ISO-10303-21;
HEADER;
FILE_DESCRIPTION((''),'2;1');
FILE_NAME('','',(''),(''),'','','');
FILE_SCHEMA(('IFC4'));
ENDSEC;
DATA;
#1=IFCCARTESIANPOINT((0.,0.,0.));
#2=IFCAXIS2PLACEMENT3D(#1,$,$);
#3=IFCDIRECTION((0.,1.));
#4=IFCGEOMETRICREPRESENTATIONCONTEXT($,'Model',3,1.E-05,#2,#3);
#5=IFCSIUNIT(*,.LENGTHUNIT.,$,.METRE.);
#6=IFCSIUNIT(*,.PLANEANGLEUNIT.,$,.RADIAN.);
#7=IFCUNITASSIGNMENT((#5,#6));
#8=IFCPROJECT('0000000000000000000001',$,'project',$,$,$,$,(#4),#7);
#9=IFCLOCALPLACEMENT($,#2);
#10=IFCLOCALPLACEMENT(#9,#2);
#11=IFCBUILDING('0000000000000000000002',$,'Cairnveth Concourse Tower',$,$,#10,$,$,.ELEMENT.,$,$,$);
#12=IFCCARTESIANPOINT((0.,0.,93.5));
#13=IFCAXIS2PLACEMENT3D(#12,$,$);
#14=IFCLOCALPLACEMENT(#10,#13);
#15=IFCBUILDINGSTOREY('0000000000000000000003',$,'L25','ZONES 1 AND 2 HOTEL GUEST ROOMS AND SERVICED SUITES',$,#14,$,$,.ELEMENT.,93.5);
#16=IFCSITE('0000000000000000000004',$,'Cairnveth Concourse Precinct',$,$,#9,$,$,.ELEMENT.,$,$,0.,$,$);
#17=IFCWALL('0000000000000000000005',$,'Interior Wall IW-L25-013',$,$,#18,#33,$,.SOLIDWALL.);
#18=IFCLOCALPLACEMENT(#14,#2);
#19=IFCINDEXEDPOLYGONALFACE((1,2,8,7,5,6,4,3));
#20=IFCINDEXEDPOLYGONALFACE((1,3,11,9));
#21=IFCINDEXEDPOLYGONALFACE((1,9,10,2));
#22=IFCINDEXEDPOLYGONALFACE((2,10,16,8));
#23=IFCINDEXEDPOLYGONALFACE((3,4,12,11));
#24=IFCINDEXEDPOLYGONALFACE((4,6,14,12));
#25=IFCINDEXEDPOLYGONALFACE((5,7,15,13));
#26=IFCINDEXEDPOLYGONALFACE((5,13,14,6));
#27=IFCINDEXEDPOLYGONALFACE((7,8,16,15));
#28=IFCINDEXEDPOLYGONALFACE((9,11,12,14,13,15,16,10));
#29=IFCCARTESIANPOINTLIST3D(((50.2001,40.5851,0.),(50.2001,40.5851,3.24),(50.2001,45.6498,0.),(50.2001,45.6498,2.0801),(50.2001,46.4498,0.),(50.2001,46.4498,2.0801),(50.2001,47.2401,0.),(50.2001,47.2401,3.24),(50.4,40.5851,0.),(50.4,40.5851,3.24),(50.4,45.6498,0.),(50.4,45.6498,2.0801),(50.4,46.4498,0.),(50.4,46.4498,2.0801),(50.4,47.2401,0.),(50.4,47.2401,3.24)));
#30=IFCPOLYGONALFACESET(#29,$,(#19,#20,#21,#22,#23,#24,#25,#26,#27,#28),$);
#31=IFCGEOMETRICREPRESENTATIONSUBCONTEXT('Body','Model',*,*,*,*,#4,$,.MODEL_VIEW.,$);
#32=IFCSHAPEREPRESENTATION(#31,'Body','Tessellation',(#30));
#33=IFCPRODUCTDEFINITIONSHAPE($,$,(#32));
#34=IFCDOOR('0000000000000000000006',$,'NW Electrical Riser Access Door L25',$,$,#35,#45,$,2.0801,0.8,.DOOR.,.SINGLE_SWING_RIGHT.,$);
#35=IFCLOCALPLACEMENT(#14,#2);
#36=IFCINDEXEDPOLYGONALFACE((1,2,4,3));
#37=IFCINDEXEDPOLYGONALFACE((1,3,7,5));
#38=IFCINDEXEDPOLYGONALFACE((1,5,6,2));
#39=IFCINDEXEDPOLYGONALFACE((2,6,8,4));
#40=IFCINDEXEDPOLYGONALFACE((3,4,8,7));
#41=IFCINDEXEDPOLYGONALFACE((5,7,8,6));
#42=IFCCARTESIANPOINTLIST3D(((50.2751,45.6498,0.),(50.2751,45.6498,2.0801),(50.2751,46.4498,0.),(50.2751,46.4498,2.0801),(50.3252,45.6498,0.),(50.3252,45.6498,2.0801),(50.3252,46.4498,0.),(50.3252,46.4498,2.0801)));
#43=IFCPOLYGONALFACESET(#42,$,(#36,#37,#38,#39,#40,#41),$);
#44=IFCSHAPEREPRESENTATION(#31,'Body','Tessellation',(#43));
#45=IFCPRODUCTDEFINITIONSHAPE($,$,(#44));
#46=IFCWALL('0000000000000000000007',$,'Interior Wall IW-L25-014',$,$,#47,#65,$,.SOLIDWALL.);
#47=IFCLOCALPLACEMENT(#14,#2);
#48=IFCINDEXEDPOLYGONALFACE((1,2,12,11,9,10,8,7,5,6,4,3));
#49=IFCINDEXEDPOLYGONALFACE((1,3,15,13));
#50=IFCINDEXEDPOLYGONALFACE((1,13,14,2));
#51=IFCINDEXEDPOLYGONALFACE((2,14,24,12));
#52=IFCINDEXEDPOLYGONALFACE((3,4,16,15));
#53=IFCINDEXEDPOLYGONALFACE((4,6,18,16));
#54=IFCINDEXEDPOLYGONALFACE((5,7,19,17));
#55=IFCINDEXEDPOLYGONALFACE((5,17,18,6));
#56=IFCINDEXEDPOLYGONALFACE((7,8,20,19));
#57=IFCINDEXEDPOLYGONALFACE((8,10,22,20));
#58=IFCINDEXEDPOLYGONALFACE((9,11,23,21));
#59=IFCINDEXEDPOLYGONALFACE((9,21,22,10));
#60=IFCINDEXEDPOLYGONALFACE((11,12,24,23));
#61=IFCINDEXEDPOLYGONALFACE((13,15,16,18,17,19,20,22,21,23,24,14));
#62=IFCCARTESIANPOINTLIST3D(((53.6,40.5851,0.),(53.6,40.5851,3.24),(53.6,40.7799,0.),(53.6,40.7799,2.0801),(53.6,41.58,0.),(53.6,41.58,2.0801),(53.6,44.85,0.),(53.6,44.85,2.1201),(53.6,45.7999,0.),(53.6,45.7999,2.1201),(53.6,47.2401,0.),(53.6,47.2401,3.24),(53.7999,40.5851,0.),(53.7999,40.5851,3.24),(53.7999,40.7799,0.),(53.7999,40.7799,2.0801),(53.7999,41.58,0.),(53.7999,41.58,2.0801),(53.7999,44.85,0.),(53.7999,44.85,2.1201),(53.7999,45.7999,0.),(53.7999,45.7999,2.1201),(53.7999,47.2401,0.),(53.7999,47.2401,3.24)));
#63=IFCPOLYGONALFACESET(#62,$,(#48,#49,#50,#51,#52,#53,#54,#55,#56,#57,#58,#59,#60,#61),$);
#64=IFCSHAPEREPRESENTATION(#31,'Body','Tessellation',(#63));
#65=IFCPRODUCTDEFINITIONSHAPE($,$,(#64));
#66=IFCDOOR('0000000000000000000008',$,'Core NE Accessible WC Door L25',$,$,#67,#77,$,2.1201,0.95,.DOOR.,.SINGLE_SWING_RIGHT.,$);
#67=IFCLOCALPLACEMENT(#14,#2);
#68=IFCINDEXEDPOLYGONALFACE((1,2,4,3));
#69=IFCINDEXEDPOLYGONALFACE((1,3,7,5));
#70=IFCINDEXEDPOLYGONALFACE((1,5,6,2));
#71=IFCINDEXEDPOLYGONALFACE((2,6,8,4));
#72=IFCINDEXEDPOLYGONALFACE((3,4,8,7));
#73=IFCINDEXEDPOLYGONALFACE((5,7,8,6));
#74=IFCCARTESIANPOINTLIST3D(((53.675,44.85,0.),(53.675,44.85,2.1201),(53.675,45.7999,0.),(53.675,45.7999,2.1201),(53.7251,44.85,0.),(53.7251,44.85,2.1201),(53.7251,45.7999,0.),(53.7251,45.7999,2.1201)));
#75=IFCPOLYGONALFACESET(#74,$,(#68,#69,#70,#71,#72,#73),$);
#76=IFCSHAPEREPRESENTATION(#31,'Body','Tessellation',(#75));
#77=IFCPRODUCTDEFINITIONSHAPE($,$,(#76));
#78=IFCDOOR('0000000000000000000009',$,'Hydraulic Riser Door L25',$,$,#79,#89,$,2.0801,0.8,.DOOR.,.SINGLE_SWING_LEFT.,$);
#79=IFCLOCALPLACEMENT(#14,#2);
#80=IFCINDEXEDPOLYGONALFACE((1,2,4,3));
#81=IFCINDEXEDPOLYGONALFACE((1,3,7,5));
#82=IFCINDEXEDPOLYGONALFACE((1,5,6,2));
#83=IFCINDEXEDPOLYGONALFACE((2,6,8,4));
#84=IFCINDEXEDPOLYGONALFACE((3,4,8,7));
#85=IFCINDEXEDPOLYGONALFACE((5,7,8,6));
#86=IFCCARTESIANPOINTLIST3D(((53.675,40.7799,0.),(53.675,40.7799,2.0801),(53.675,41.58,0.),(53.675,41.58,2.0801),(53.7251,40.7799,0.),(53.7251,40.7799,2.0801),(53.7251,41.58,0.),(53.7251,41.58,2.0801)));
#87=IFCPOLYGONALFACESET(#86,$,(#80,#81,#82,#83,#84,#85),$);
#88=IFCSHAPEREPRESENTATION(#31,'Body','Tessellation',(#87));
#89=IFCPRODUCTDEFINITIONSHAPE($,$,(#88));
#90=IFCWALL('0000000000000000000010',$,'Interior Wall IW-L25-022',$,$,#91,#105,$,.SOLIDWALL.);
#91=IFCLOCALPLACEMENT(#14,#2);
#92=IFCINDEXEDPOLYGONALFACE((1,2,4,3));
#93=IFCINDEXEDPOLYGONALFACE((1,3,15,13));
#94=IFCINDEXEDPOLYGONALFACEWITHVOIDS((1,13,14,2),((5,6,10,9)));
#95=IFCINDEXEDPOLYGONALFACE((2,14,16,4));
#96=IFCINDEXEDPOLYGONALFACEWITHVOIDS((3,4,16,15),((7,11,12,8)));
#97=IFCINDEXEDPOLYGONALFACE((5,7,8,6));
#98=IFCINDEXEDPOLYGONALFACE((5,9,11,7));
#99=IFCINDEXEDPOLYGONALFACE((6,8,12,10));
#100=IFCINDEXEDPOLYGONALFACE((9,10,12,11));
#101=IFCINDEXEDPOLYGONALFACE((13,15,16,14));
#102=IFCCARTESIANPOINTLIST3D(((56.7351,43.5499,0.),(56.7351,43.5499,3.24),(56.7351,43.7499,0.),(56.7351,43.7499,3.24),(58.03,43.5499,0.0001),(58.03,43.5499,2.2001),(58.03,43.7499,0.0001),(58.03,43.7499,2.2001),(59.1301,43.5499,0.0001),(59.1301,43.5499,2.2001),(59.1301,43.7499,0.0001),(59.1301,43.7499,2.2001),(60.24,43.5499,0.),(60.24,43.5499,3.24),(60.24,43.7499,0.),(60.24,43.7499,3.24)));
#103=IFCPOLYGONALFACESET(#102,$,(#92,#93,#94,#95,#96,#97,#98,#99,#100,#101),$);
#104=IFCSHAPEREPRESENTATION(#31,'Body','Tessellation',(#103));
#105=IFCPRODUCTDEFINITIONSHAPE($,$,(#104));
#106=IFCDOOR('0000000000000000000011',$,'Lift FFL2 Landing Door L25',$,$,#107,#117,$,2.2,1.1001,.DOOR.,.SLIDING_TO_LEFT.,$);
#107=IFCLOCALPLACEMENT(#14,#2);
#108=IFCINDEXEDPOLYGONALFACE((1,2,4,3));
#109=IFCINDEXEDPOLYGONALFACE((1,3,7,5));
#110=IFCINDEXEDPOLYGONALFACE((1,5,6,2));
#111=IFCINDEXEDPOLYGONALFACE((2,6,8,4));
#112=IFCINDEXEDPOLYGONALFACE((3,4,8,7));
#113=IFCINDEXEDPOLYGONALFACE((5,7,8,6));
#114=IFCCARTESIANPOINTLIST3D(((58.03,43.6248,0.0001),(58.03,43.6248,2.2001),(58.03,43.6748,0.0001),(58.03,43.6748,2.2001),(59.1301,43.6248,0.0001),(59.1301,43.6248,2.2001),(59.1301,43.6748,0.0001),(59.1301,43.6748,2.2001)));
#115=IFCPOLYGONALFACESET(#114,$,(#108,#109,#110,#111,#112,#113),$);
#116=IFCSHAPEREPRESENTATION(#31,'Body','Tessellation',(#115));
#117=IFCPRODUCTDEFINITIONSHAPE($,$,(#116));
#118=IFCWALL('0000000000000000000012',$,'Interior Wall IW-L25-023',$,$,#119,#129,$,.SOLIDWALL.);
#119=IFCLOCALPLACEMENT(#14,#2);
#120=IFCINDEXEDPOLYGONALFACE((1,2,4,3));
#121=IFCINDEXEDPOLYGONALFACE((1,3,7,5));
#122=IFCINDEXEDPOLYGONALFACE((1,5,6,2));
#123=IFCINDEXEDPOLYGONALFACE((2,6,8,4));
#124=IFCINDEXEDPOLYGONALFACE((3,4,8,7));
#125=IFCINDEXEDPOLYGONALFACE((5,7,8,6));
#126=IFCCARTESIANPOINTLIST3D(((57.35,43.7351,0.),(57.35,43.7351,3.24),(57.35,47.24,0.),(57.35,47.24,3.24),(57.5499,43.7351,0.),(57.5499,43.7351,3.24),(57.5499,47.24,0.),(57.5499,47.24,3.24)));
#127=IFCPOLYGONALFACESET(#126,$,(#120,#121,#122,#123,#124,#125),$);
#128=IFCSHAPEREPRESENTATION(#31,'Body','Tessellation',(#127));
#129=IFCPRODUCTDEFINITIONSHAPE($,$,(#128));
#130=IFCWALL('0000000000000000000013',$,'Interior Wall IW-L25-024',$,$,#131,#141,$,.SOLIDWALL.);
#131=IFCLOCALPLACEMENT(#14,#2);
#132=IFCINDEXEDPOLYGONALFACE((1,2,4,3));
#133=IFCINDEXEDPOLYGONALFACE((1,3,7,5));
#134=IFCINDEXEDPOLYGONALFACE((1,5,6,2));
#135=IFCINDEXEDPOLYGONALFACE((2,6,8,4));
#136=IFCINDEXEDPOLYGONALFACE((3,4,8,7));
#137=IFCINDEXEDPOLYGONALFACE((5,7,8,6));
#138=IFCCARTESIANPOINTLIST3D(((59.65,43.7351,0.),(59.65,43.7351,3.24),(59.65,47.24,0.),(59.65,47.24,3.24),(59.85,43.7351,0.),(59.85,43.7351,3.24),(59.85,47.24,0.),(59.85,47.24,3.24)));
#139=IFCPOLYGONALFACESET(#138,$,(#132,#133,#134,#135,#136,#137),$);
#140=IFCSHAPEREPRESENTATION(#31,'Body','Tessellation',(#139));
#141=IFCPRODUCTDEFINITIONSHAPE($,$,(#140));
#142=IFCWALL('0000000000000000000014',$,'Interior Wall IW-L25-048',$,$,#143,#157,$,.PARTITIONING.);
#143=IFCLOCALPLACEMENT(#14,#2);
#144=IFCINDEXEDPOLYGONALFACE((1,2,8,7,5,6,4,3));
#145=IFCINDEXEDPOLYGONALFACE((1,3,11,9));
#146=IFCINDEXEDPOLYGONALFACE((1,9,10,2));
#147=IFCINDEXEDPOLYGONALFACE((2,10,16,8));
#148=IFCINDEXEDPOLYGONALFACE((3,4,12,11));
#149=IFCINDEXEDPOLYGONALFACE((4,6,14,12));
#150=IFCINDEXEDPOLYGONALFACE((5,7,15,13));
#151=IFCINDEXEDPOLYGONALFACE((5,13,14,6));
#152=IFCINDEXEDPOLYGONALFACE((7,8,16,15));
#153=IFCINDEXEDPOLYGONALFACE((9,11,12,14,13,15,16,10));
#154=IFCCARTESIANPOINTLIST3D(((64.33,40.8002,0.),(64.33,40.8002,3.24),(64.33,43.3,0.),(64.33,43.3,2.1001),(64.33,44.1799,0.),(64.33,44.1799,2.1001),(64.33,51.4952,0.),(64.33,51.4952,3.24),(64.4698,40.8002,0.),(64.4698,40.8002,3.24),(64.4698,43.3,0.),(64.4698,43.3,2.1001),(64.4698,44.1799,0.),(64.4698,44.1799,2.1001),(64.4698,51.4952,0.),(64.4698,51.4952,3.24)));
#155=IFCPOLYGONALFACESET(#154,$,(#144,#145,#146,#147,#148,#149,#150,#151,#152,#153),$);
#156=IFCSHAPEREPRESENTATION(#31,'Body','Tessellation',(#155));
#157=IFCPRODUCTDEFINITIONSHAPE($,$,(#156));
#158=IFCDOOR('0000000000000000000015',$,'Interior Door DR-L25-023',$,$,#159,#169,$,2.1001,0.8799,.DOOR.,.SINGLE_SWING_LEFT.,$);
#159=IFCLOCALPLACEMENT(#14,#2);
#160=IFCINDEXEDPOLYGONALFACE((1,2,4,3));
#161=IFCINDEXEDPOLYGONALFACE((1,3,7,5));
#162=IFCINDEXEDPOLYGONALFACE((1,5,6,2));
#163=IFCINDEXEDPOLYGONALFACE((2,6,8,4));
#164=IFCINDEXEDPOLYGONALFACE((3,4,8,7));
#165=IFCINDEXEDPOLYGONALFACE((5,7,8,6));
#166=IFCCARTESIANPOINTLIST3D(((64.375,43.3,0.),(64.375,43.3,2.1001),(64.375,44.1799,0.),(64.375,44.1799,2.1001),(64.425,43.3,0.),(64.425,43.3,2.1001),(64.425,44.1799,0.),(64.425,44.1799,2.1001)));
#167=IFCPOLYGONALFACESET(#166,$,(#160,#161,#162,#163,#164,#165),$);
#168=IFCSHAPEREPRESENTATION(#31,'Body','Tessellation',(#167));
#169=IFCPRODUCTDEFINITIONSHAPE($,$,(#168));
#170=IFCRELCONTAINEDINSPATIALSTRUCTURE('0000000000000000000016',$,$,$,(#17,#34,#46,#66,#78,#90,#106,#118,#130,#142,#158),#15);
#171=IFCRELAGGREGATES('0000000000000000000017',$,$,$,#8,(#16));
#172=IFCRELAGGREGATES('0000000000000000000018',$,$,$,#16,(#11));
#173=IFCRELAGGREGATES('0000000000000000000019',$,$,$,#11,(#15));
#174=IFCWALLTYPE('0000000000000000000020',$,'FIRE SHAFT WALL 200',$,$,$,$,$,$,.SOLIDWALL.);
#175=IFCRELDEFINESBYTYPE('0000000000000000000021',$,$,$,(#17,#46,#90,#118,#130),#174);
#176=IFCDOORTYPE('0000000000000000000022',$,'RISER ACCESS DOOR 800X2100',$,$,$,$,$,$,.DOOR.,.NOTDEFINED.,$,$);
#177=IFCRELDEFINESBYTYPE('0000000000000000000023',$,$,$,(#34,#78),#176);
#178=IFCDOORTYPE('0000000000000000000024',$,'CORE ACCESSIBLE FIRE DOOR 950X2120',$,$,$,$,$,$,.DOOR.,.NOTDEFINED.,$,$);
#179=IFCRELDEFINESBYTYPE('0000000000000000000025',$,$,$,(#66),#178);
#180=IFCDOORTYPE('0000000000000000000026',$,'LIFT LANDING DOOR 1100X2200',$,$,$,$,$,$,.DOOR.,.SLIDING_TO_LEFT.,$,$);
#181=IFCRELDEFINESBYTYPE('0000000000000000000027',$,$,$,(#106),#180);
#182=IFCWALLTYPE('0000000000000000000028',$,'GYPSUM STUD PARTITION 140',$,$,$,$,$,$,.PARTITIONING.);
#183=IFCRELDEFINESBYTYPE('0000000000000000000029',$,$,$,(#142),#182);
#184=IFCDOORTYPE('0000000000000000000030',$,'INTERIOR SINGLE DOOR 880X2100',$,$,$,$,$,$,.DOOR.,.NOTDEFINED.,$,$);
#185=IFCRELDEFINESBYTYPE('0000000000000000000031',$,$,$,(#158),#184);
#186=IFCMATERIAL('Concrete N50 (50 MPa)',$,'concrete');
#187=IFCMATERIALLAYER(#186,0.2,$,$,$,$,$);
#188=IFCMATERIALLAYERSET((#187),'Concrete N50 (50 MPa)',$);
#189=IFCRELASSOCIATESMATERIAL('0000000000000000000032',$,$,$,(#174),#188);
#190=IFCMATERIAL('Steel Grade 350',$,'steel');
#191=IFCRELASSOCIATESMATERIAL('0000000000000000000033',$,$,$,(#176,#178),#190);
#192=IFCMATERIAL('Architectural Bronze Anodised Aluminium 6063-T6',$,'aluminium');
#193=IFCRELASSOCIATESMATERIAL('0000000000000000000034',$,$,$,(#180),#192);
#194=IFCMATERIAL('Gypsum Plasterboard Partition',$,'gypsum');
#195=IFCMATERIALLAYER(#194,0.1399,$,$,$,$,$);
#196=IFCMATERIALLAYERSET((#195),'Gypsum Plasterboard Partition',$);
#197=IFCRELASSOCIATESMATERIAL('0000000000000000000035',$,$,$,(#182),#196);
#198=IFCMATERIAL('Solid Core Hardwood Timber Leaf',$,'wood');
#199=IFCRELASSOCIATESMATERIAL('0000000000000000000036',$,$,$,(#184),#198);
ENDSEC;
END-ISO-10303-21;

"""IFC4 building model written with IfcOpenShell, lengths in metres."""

from ifc_helpers import new_model, si_unit, direction, frame, frame_2d, origin, place, context, subcontext, project, spatial, rectangle, extrude, material, layer, layer_set, type_object, element, fill, save


model = new_model("IFC4")

# Units and contexts
model_context = context("Model", 3, precision=1e-05, world=origin(), true_north=direction((0.0, 1.0)))
body_context = subcontext(model_context, "Body", "Model", "MODEL_VIEW")
ifc_project = project(units=[si_unit("LENGTHUNIT", "METRE"), si_unit("PLANEANGLEUNIT", "RADIAN")], contexts=[model_context])

# Site, building, storey
site_placement = place(None, origin())
site = spatial("IfcSite", under=ifc_project, at=site_placement, Name="Cairnveth Concourse Precinct", CompositionType="ELEMENT", RefElevation=0.0)
building_placement = place(site_placement, origin())
building = spatial("IfcBuilding", under=site, at=building_placement, Name="Cairnveth Concourse Tower", CompositionType="ELEMENT")
storey_placement = place(building_placement, frame((0.0, 0.0, 93.5)))
storey = spatial("IfcBuildingStorey", under=building, at=storey_placement, Name="L25", Description="ZONES 1 AND 2 HOTEL GUEST ROOMS AND SERVICED SUITES", CompositionType="ELEMENT", Elevation=93.5)

# Shared definitions
ifc_material_1 = material(Name="Steel Grade 350", Category="steel")

# Shared definitions
ifc_material_2 = material(Name="Concrete N50 (50 MPa)", Category="concrete")

# Wall, opening, door
ifc_layer_1 = layer(ifc_material_2, 0.2)
ifc_layer_set_1 = layer_set([ifc_layer_1], Name="Concrete N50 (50 MPa)")
wall_type_1 = type_object("IfcWallType", Name="FIRE SHAFT WALL 200", PredefinedType="SOLIDWALL", material=ifc_layer_set_1)
wall_1_placement = place(storey_placement, frame((50.3, 40.585, 0.0), z_axis=(0.0, 0.0, 1.0), x_axis=(0.0, 1.0, 0.0)))
wall_1 = element("IfcWall", 1, at=wall_1_placement, inside=storey, type_object=wall_type_1, Name="Interior Wall IW-L25-013", PredefinedType="SOLIDWALL", context=body_context, shape_type="SweptSolid", body=[
    extrude(rectangle(XDim=6.655, YDim=0.2, at=frame_2d((3.3276, 0.0))), origin(), (0.0, 0.0, 1.0), 3.24),
])
opening_1_placement = place(wall_1_placement, frame((5.0649, 0.0, 0.0)))
opening_1 = element("IfcOpeningElement", 2, at=opening_1_placement, cuts=wall_1, PredefinedType="OPENING", context=body_context, shape_type="SweptSolid", body=[
    extrude(rectangle(XDim=0.8, YDim=2.0801, at=frame_2d((0.3999, 1.04))), frame((0.0, 0.1099, 0.0), z_axis=(0.0, -1.0, 0.0), x_axis=(1.0, 0.0, 0.0)), (0.0, 0.0, 1.0), 0.22),
])
door_type_1 = type_object("IfcDoorType", Name="RISER ACCESS DOOR 800X2100", OperationType="NOTDEFINED", PredefinedType="DOOR", material=ifc_material_1)
door_1_placement = place(opening_1_placement, origin())
door_1 = element("IfcDoor", 3, at=door_1_placement, inside=storey, type_object=door_type_1, Name="NW Electrical Riser Access Door L25", OperationType="SINGLE_SWING_RIGHT", OverallHeight=2.0801, OverallWidth=0.8, PredefinedType="DOOR", context=body_context, shape_type="SweptSolid", body=[
    extrude(rectangle(XDim=0.8, YDim=2.0801, at=frame_2d((0.3999, 1.04))), frame((0.0, 0.0249, 0.0), z_axis=(0.0, -1.0, 0.0), x_axis=(1.0, 0.0, 0.0)), (0.0, 0.0, 1.0), 0.05),
])
fill(opening_1, door_1)

# Wall, openings, doors
wall_2_placement = place(storey_placement, frame((53.7, 40.585, 0.0), z_axis=(0.0, 0.0, 1.0), x_axis=(0.0, 1.0, 0.0)))
wall_2 = element("IfcWall", 4, at=wall_2_placement, inside=storey, type_object=wall_type_1, Name="Interior Wall IW-L25-014", PredefinedType="SOLIDWALL", context=body_context, shape_type="SweptSolid", body=[
    extrude(rectangle(XDim=6.655, YDim=0.2, at=frame_2d((3.3276, 0.0))), origin(), (0.0, 0.0, 1.0), 3.24),
])
opening_2_placement = place(wall_2_placement, frame((0.1951, 0.0, 0.0)))
opening_2 = element("IfcOpeningElement", 5, at=opening_2_placement, cuts=wall_2, PredefinedType="OPENING", context=body_context, shape_type="SweptSolid", body=[
    extrude(rectangle(XDim=0.8, YDim=2.0801, at=frame_2d((0.3999, 1.04))), frame((0.0, 0.1099, 0.0), z_axis=(0.0, -1.0, 0.0), x_axis=(1.0, 0.0, 0.0)), (0.0, 0.0, 1.0), 0.22),
])
opening_3_placement = place(wall_2_placement, frame((4.2649, 0.0, 0.0)))
opening_3 = element("IfcOpeningElement", 6, at=opening_3_placement, cuts=wall_2, PredefinedType="OPENING", context=body_context, shape_type="SweptSolid", body=[
    extrude(rectangle(XDim=0.95, YDim=2.1201, at=frame_2d((0.4751, 1.0601))), frame((0.0, 0.1099, 0.0), z_axis=(0.0, -1.0, 0.0), x_axis=(1.0, 0.0, 0.0)), (0.0, 0.0, 1.0), 0.22),
])
door_type_2 = type_object("IfcDoorType", Name="CORE ACCESSIBLE FIRE DOOR 950X2120", OperationType="NOTDEFINED", PredefinedType="DOOR", material=ifc_material_1)
door_2_placement = place(opening_3_placement, origin())
door_2 = element("IfcDoor", 7, at=door_2_placement, inside=storey, type_object=door_type_2, Name="Core NE Accessible WC Door L25", OperationType="SINGLE_SWING_RIGHT", OverallHeight=2.1201, OverallWidth=0.95, PredefinedType="DOOR", context=body_context, shape_type="SweptSolid", body=[
    extrude(rectangle(XDim=0.95, YDim=2.1201, at=frame_2d((0.4751, 1.0601))), frame((0.0, 0.0249, 0.0), z_axis=(0.0, -1.0, 0.0), x_axis=(1.0, 0.0, 0.0)), (0.0, 0.0, 1.0), 0.05),
])
fill(opening_3, door_2)
door_3_placement = place(opening_2_placement, origin())
door_3 = element("IfcDoor", 8, at=door_3_placement, inside=storey, type_object=door_type_1, Name="Hydraulic Riser Door L25", OperationType="SINGLE_SWING_LEFT", OverallHeight=2.0801, OverallWidth=0.8, PredefinedType="DOOR", context=body_context, shape_type="SweptSolid", body=[
    extrude(rectangle(XDim=0.8, YDim=2.0801, at=frame_2d((0.3999, 1.04))), frame((0.0, 0.0249, 0.0), z_axis=(0.0, -1.0, 0.0), x_axis=(1.0, 0.0, 0.0)), (0.0, 0.0, 1.0), 0.05),
])
fill(opening_2, door_3)

# Wall, opening, door
wall_3_placement = place(storey_placement, frame((56.7351, 43.6499, 0.0), z_axis=(0.0, 0.0, 1.0), x_axis=(1.0, 0.0, 0.0)))
wall_3 = element("IfcWall", 9, at=wall_3_placement, inside=storey, type_object=wall_type_1, Name="Interior Wall IW-L25-022", PredefinedType="SOLIDWALL", context=body_context, shape_type="SweptSolid", body=[
    extrude(rectangle(XDim=3.5049, YDim=0.2, at=frame_2d((1.7524, 0.0))), origin(), (0.0, 0.0, 1.0), 3.24),
])
opening_4_placement = place(wall_3_placement, frame((1.2949, 0.0, 0.0)))
opening_4 = element("IfcOpeningElement", 10, at=opening_4_placement, cuts=wall_3, PredefinedType="OPENING", context=body_context, shape_type="SweptSolid", body=[
    extrude(rectangle(XDim=1.1001, YDim=2.2, at=frame_2d((0.55, 1.1001))), frame((0.0, 0.1099, 0.0), z_axis=(0.0, -1.0, 0.0), x_axis=(1.0, 0.0, 0.0)), (0.0, 0.0, 1.0), 0.22),
])
ifc_material_3 = material(Name="Architectural Bronze Anodised Aluminium 6063-T6", Category="aluminium")
door_type_3 = type_object("IfcDoorType", Name="LIFT LANDING DOOR 1100X2200", OperationType="SLIDING_TO_LEFT", PredefinedType="DOOR", material=ifc_material_3)
door_4_placement = place(opening_4_placement, origin())
door_4 = element("IfcDoor", 11, at=door_4_placement, inside=storey, type_object=door_type_3, Name="Lift FFL2 Landing Door L25", OperationType="SLIDING_TO_LEFT", OverallHeight=2.2, OverallWidth=1.1001, PredefinedType="DOOR", context=body_context, shape_type="SweptSolid", body=[
    extrude(rectangle(XDim=1.1001, YDim=2.2, at=frame_2d((0.55, 1.1001))), frame((0.0, 0.0249, 0.0), z_axis=(0.0, -1.0, 0.0), x_axis=(1.0, 0.0, 0.0)), (0.0, 0.0, 1.0), 0.05),
])
fill(opening_4, door_4)

# Walls
for number, where, z_axis, x_axis, name in (
    (12, (57.45, 43.7351, 0.0), (0.0, 0.0, 1.0), (0.0, 1.0, 0.0), "Interior Wall IW-L25-023"),
    (13, (59.75, 43.7351, 0.0), (0.0, 0.0, 1.0), (0.0, 1.0, 0.0), "Interior Wall IW-L25-024"),
):
    element("IfcWall", number, at=place(storey_placement, frame(where, z_axis=z_axis, x_axis=x_axis)), inside=storey, type_object=wall_type_1, Name=name, PredefinedType="SOLIDWALL", context=body_context, shape_type="SweptSolid", body=[
        extrude(rectangle(XDim=3.5049, YDim=0.2, at=frame_2d((1.7524, 0.0))), origin(), (0.0, 0.0, 1.0), 3.24),
    ])

# Wall, opening, door
ifc_material_4 = material(Name="Gypsum Plasterboard Partition", Category="gypsum")
ifc_layer_2 = layer(ifc_material_4, 0.1399)
ifc_layer_set_2 = layer_set([ifc_layer_2], Name="Gypsum Plasterboard Partition")
wall_type_2 = type_object("IfcWallType", Name="GYPSUM STUD PARTITION 140", PredefinedType="PARTITIONING", material=ifc_layer_set_2)
wall_4_placement = place(storey_placement, frame((64.3999, 40.8, 0.0), z_axis=(0.0, 0.0, 1.0), x_axis=(0.0, 1.0, 0.0)))
wall_4 = element("IfcWall", 14, at=wall_4_placement, inside=storey, type_object=wall_type_2, Name="Interior Wall IW-L25-048", PredefinedType="PARTITIONING", context=body_context, shape_type="SweptSolid", body=[
    extrude(rectangle(XDim=10.6951, YDim=0.1399, at=frame_2d((5.3477, 0.0))), origin(), (0.0, 0.0, 1.0), 3.24),
])
opening_5_placement = place(wall_4_placement, frame((2.5, 0.0, 0.0)))
opening_5 = element("IfcOpeningElement", 15, at=opening_5_placement, cuts=wall_4, PredefinedType="OPENING", context=body_context, shape_type="SweptSolid", body=[
    extrude(rectangle(XDim=0.8799, YDim=2.1001, at=frame_2d((0.4399, 1.05))), frame((0.0, 0.0798, 0.0), z_axis=(0.0, -1.0, 0.0), x_axis=(1.0, 0.0, 0.0)), (0.0, 0.0, 1.0), 0.1599),
])
ifc_material_5 = material(Name="Solid Core Hardwood Timber Leaf", Category="wood")
door_type_4 = type_object("IfcDoorType", Name="INTERIOR SINGLE DOOR 880X2100", OperationType="NOTDEFINED", PredefinedType="DOOR", material=ifc_material_5)
door_5_placement = place(opening_5_placement, origin())
door_5 = element("IfcDoor", 16, at=door_5_placement, inside=storey, type_object=door_type_4, Name="Interior Door DR-L25-023", OperationType="SINGLE_SWING_LEFT", OverallHeight=2.1001, OverallWidth=0.8799, PredefinedType="DOOR", context=body_context, shape_type="SweptSolid", body=[
    extrude(rectangle(XDim=0.8799, YDim=2.1001, at=frame_2d((0.4399, 1.05))), frame((0.0, 0.0249, 0.0), z_axis=(0.0, -1.0, 0.0), x_axis=(1.0, 0.0, 0.0)), (0.0, 0.0, 1.0), 0.05),
])
fill(opening_5, door_5)

save(model, "model.ifc")
